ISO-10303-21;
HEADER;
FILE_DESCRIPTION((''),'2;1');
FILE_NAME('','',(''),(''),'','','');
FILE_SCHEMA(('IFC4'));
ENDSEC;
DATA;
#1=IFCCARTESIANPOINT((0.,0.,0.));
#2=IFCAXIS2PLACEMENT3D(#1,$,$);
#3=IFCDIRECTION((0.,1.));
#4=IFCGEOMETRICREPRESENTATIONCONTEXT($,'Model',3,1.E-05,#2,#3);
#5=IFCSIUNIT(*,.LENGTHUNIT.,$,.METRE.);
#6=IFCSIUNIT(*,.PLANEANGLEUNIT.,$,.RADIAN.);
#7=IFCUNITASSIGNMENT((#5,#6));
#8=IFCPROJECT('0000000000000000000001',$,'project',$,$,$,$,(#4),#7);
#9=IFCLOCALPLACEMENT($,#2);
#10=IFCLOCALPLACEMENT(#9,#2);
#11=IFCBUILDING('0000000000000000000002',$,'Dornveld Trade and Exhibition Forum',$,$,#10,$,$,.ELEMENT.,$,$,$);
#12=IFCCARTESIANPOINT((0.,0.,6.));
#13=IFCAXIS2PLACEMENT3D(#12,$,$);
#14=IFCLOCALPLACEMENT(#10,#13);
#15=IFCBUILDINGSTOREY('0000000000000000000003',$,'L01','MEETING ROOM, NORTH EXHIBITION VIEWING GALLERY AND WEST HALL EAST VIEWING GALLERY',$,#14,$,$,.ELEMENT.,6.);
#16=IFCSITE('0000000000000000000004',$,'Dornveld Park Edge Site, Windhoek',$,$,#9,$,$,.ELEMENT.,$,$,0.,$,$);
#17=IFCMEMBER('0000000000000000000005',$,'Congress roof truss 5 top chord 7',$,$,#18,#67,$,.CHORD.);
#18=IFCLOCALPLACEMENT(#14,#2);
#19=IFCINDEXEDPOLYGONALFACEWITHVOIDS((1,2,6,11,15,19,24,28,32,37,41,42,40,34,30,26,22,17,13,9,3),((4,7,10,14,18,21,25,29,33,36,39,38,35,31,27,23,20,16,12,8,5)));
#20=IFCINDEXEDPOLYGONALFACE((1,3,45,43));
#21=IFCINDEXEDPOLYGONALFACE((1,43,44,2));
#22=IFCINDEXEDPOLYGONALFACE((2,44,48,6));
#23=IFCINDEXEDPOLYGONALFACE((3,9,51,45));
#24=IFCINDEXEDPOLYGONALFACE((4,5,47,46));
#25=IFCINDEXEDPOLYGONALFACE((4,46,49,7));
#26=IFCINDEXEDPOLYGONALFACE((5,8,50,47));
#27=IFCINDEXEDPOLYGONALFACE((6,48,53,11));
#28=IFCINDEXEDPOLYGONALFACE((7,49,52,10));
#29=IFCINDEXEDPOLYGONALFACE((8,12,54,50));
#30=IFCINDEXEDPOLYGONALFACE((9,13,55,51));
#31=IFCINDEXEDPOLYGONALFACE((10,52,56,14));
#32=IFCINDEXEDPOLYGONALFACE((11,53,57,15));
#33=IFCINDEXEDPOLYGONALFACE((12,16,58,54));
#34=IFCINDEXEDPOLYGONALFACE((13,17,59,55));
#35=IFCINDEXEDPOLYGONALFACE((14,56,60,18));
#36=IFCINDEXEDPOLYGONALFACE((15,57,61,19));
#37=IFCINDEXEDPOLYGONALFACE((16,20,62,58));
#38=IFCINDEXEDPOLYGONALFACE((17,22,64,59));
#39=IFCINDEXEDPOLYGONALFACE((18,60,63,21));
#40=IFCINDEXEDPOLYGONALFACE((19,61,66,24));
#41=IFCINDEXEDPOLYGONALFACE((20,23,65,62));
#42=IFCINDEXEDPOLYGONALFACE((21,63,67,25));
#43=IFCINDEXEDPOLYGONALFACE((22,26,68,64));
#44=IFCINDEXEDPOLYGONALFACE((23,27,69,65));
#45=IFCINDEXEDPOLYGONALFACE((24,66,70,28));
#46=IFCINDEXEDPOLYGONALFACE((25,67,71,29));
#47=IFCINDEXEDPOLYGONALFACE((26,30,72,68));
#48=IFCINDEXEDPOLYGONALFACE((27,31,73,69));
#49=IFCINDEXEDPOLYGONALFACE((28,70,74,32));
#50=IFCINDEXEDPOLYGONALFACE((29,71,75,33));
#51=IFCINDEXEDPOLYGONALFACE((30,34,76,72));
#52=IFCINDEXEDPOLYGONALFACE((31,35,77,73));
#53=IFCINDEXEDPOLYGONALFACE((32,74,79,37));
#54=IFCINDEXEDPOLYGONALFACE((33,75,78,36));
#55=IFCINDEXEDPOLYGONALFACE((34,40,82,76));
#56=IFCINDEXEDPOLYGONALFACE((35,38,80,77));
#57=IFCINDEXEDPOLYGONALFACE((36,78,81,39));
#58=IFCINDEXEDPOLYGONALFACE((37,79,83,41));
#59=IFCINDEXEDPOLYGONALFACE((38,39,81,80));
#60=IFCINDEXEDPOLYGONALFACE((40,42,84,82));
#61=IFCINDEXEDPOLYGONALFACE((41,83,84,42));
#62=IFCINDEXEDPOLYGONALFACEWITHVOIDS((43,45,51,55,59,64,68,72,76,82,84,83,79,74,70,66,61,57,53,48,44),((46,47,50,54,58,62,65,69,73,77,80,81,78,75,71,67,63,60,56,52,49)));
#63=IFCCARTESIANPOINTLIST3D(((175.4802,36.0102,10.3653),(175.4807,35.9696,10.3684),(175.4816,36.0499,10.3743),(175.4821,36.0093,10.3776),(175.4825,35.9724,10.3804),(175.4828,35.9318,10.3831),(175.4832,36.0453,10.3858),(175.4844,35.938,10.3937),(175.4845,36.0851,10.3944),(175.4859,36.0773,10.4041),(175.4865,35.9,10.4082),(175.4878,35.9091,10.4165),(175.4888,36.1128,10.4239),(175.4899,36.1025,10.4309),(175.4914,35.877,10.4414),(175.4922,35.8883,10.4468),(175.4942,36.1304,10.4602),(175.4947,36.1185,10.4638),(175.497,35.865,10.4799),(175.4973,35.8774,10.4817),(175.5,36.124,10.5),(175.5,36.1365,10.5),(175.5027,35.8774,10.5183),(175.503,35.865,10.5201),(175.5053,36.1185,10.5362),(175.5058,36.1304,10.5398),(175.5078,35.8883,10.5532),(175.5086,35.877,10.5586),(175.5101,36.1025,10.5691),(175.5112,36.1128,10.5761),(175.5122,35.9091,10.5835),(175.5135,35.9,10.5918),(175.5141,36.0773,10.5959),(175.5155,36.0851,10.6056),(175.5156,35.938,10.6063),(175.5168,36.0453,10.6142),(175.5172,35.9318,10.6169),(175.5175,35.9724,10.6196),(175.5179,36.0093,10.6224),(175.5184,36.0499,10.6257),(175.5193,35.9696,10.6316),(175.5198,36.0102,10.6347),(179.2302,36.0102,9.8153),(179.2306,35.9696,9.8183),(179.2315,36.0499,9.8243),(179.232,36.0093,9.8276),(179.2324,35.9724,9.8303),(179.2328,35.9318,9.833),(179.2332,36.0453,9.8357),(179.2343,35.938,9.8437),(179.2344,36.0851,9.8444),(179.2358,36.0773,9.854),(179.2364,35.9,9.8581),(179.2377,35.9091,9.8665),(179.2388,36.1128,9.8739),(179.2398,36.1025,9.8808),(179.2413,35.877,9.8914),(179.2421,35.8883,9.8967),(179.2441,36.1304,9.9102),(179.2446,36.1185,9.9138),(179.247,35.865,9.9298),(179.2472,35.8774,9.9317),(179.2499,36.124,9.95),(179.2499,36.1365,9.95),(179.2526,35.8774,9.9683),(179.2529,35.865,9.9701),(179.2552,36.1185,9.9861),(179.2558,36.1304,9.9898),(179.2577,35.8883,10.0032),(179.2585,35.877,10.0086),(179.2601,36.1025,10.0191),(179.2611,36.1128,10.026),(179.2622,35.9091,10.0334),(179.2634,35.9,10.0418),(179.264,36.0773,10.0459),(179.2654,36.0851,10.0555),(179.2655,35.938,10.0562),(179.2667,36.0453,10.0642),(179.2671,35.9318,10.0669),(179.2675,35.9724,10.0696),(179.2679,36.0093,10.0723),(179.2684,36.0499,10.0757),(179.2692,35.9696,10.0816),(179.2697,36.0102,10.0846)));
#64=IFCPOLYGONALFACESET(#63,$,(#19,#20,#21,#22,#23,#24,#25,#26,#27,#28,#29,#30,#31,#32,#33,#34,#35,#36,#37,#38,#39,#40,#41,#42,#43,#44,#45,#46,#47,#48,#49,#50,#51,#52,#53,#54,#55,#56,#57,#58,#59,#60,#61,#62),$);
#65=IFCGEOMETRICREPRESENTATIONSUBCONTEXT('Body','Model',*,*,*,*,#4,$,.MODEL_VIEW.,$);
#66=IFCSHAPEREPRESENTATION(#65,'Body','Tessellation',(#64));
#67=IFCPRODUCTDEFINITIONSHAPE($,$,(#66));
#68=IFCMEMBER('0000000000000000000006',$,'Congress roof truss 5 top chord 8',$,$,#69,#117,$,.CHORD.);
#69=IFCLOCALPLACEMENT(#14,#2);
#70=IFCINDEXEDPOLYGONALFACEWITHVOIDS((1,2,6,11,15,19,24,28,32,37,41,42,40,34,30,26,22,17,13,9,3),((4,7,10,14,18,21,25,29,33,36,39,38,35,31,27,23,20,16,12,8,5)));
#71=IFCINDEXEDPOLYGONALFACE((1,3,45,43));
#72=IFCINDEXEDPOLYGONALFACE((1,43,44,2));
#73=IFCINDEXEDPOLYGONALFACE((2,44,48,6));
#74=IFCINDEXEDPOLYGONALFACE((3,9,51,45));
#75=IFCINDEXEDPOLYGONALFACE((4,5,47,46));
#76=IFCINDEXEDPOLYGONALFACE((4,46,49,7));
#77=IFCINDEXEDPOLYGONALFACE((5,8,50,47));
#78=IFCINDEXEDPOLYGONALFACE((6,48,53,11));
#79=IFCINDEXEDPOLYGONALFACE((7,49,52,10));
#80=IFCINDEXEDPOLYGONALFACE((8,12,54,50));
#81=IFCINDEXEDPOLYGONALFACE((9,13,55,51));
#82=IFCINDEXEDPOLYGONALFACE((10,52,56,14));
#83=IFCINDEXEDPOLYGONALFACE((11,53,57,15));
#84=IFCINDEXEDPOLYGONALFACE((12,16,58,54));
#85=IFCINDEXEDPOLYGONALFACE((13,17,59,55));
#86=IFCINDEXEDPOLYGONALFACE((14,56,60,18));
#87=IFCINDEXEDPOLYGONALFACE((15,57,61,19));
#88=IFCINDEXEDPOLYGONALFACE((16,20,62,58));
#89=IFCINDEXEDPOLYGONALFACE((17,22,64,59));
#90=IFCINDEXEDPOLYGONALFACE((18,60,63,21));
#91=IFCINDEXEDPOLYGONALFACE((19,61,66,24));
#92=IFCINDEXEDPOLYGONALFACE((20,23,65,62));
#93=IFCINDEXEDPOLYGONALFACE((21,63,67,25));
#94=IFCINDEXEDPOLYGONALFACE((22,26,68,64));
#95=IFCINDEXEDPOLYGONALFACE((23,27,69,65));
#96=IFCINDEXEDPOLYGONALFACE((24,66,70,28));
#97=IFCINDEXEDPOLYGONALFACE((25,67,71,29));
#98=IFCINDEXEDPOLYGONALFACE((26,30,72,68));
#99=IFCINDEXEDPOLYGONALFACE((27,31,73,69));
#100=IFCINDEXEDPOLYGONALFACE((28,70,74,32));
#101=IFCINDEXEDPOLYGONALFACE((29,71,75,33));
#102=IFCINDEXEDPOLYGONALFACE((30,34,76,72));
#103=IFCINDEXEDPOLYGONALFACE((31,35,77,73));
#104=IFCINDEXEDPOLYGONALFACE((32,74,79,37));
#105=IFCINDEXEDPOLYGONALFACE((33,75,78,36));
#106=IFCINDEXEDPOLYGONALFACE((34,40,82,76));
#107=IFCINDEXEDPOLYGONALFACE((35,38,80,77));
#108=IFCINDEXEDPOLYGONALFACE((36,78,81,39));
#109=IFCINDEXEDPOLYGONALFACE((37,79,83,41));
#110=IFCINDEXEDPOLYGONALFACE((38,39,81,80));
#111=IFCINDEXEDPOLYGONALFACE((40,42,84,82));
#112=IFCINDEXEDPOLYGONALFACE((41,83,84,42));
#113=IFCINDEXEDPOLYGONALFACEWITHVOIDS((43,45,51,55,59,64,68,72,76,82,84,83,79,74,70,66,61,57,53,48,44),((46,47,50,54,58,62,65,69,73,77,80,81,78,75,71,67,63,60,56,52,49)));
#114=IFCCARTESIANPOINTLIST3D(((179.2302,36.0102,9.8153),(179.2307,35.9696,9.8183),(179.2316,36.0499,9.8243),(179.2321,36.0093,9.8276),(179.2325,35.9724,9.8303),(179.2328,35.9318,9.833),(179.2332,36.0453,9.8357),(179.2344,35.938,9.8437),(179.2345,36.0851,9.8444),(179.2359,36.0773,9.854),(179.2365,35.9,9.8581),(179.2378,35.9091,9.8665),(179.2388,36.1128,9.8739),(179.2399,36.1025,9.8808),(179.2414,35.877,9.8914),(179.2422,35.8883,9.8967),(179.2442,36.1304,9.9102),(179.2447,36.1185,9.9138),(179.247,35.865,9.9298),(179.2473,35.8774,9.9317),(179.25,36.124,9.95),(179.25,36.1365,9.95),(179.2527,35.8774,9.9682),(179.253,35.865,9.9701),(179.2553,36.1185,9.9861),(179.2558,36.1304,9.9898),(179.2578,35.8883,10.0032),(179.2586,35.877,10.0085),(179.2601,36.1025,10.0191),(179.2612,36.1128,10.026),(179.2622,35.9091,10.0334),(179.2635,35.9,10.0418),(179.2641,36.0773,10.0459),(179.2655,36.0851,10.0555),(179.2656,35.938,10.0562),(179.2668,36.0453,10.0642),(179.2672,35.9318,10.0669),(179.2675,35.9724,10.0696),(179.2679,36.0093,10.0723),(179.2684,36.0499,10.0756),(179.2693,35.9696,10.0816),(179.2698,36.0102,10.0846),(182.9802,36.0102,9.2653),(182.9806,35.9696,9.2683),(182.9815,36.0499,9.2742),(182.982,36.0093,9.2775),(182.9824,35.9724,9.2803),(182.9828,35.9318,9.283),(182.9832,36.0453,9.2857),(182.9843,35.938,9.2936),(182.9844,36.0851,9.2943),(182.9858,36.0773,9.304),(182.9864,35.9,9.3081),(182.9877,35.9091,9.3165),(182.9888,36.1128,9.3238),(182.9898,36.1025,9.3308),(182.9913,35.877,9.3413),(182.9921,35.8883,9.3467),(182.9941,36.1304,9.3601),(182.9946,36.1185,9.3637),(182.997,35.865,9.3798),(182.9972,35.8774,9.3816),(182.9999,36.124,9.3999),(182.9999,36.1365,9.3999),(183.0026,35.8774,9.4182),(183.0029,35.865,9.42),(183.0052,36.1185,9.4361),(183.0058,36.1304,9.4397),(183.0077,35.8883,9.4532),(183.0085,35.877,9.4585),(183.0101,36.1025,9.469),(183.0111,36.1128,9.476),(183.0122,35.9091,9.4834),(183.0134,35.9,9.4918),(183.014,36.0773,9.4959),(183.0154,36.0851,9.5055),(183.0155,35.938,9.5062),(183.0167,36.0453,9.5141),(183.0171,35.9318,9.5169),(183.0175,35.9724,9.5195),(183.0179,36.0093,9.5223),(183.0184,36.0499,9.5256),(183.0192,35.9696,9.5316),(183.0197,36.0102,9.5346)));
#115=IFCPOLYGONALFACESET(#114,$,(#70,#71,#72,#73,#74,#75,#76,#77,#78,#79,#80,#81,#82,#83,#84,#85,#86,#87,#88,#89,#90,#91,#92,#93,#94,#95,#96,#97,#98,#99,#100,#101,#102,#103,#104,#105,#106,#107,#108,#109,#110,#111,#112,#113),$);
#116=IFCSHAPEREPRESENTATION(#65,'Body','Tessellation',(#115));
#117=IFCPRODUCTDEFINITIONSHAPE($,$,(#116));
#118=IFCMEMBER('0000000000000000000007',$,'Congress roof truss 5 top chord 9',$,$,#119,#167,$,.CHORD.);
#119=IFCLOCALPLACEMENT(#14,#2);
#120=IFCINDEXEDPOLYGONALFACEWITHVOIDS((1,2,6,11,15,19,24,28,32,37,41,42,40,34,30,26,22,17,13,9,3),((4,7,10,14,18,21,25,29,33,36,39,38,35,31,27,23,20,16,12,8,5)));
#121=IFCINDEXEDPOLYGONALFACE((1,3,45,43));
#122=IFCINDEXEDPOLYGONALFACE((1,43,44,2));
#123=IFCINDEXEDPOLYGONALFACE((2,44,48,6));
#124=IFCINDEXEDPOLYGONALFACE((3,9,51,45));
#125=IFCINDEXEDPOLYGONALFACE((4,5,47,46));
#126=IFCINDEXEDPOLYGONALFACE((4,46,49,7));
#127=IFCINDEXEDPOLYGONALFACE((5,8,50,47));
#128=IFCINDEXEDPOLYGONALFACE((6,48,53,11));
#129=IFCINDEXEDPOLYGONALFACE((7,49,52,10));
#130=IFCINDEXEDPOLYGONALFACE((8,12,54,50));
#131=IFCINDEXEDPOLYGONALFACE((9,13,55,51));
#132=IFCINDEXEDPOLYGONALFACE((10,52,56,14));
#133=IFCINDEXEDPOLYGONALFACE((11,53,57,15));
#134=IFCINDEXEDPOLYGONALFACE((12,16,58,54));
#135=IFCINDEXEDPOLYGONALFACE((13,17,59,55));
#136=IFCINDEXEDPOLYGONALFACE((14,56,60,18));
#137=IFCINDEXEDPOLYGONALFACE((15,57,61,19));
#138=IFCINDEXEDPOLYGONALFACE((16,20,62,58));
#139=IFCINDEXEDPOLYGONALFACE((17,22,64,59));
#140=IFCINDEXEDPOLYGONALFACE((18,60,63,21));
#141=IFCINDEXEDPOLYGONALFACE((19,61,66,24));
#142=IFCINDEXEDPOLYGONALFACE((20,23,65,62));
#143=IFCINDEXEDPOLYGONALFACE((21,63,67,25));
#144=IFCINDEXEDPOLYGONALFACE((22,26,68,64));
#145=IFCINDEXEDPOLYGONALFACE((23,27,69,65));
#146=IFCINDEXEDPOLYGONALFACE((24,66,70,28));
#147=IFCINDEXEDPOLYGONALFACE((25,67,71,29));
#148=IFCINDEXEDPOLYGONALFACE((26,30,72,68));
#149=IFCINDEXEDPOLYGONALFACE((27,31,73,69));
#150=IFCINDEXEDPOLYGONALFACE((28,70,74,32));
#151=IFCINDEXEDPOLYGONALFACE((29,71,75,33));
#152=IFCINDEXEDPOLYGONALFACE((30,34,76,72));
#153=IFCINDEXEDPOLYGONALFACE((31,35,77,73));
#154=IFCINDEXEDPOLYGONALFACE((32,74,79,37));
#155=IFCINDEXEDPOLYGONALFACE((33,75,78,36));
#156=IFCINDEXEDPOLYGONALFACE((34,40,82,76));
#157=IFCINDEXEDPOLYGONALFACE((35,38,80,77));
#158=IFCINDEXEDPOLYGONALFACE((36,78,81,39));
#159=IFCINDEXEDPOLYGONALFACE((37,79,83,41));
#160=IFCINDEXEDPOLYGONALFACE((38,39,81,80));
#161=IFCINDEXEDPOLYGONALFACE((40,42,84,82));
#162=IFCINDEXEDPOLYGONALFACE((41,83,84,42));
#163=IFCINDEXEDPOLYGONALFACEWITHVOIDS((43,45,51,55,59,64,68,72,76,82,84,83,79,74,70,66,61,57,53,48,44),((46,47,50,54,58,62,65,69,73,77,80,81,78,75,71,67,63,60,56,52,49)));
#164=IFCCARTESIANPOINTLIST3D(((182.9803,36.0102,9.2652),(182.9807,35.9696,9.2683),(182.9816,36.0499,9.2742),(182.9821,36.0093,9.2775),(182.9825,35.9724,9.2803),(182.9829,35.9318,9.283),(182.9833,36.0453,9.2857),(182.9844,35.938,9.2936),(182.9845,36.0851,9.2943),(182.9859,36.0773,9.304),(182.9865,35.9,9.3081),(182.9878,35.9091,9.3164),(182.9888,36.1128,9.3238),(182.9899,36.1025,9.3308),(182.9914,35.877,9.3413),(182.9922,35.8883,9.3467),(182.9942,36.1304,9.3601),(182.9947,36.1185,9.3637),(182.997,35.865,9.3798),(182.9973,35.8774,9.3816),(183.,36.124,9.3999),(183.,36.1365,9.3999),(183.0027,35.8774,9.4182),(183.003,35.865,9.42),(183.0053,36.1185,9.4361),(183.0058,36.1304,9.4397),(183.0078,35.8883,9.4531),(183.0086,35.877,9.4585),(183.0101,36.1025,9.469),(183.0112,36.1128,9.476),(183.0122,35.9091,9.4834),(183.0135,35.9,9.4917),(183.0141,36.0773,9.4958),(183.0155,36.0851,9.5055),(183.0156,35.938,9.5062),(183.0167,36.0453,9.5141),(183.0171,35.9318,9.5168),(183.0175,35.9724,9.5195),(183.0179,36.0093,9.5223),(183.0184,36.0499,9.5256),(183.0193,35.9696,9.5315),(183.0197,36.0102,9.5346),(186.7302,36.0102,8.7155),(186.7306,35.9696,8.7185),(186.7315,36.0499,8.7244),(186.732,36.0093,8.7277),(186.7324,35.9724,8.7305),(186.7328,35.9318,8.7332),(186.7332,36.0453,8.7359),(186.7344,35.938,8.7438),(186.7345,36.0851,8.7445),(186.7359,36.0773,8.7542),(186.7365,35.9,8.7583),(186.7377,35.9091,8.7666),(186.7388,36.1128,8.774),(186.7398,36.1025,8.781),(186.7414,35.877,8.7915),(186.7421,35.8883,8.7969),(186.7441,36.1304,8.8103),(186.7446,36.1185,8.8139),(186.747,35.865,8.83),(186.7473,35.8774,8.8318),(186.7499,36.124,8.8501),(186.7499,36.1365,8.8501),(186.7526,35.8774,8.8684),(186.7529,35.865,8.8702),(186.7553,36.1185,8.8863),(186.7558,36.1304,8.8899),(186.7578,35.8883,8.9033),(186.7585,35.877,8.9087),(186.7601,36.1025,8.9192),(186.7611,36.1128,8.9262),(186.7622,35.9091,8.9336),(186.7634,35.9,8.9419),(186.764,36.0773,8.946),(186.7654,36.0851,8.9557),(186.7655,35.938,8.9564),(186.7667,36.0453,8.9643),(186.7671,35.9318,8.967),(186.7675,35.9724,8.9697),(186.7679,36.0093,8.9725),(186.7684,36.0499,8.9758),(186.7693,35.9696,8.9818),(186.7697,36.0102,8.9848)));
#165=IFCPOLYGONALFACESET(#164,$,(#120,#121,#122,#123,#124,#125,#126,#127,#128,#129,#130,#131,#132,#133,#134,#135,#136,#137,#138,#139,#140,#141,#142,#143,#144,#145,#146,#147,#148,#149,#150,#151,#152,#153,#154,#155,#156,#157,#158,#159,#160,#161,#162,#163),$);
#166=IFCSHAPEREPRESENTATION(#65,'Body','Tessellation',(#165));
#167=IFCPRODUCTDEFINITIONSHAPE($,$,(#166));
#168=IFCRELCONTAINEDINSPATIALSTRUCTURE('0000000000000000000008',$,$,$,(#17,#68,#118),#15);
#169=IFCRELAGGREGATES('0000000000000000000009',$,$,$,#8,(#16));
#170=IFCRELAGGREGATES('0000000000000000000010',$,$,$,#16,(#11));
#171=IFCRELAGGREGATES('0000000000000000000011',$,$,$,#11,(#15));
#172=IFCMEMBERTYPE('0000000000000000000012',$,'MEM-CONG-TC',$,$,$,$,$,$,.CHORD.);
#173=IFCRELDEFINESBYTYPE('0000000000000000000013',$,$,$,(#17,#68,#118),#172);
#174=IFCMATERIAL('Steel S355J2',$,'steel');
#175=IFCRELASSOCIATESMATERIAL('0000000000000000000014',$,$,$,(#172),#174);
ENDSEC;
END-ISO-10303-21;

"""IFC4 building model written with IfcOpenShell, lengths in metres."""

from ifc_helpers import new_model, si_unit, direction, frame, origin, origin_2d, place, context, subcontext, project, spatial, hollow_circle, extrude, material, material_profile, profile_set, type_object, element, save


model = new_model("IFC4")

# Units and contexts
model_context = context("Model", 3, precision=1e-05, world=origin(), true_north=direction((0.0, 1.0)))
body_context = subcontext(model_context, "Body", "Model", "MODEL_VIEW")
ifc_project = project(units=[si_unit("LENGTHUNIT", "METRE"), si_unit("PLANEANGLEUNIT", "RADIAN")], contexts=[model_context])

# Site, building, storey
site_placement = place(None, origin())
site = spatial("IfcSite", under=ifc_project, at=site_placement, Name="Dornveld Park Edge Site, Windhoek", CompositionType="ELEMENT", RefElevation=0.0)
building_placement = place(site_placement, origin())
building = spatial("IfcBuilding", under=site, at=building_placement, Name="Dornveld Trade and Exhibition Forum", CompositionType="ELEMENT")
storey_placement = place(building_placement, frame((0.0, 0.0, 6.0)))
storey = spatial("IfcBuildingStorey", under=building, at=storey_placement, Name="L01", Description="MEETING ROOM, NORTH EXHIBITION VIEWING GALLERY AND WEST HALL EAST VIEWING GALLERY", CompositionType="ELEMENT", Elevation=6.0)

# Members
ifc_material_1 = material(Name="Steel S355J2", Category="steel")
ifc_material_profile_1 = material_profile(ifc_material_1, hollow_circle(Radius=0.1365, WallThickness=0.0125, at=origin_2d()), Name="CHS 273x12.5")
ifc_profile_set_1 = profile_set([ifc_material_profile_1], Name="Steel S355J2")
member_type_1 = type_object("IfcMemberType", Name="MEM-CONG-TC", PredefinedType="CHORD", material=ifc_profile_set_1)
for number, where, z_axis, x_axis, name in (
    (1, (175.5, 36.0, 10.5), (0.989413, 0.0, -0.145127), (0.0, 1.0, 0.0), "Congress roof truss 5 top chord 7"),
    (2, (179.25, 36.0, 9.95), (0.989413, 0.0, -0.145127), (0.0, 1.0, 0.0), "Congress roof truss 5 top chord 8"),
    (3, (183.0, 36.0, 9.3999), (0.989422, 0.0, -0.145064), (0.0, 1.0, 0.0), "Congress roof truss 5 top chord 9"),
):
    element("IfcMember", number, at=place(storey_placement, frame(where, z_axis=z_axis, x_axis=x_axis)), inside=storey, type_object=member_type_1, Name=name, PredefinedType="CHORD", context=body_context, shape_type="SweptSolid", body=[
        extrude(hollow_circle(Radius=0.1365, WallThickness=0.0125, at=origin_2d()), origin(), (0.0, 0.0, 1.0), 3.79),
    ])

save(model, "model.ifc")
